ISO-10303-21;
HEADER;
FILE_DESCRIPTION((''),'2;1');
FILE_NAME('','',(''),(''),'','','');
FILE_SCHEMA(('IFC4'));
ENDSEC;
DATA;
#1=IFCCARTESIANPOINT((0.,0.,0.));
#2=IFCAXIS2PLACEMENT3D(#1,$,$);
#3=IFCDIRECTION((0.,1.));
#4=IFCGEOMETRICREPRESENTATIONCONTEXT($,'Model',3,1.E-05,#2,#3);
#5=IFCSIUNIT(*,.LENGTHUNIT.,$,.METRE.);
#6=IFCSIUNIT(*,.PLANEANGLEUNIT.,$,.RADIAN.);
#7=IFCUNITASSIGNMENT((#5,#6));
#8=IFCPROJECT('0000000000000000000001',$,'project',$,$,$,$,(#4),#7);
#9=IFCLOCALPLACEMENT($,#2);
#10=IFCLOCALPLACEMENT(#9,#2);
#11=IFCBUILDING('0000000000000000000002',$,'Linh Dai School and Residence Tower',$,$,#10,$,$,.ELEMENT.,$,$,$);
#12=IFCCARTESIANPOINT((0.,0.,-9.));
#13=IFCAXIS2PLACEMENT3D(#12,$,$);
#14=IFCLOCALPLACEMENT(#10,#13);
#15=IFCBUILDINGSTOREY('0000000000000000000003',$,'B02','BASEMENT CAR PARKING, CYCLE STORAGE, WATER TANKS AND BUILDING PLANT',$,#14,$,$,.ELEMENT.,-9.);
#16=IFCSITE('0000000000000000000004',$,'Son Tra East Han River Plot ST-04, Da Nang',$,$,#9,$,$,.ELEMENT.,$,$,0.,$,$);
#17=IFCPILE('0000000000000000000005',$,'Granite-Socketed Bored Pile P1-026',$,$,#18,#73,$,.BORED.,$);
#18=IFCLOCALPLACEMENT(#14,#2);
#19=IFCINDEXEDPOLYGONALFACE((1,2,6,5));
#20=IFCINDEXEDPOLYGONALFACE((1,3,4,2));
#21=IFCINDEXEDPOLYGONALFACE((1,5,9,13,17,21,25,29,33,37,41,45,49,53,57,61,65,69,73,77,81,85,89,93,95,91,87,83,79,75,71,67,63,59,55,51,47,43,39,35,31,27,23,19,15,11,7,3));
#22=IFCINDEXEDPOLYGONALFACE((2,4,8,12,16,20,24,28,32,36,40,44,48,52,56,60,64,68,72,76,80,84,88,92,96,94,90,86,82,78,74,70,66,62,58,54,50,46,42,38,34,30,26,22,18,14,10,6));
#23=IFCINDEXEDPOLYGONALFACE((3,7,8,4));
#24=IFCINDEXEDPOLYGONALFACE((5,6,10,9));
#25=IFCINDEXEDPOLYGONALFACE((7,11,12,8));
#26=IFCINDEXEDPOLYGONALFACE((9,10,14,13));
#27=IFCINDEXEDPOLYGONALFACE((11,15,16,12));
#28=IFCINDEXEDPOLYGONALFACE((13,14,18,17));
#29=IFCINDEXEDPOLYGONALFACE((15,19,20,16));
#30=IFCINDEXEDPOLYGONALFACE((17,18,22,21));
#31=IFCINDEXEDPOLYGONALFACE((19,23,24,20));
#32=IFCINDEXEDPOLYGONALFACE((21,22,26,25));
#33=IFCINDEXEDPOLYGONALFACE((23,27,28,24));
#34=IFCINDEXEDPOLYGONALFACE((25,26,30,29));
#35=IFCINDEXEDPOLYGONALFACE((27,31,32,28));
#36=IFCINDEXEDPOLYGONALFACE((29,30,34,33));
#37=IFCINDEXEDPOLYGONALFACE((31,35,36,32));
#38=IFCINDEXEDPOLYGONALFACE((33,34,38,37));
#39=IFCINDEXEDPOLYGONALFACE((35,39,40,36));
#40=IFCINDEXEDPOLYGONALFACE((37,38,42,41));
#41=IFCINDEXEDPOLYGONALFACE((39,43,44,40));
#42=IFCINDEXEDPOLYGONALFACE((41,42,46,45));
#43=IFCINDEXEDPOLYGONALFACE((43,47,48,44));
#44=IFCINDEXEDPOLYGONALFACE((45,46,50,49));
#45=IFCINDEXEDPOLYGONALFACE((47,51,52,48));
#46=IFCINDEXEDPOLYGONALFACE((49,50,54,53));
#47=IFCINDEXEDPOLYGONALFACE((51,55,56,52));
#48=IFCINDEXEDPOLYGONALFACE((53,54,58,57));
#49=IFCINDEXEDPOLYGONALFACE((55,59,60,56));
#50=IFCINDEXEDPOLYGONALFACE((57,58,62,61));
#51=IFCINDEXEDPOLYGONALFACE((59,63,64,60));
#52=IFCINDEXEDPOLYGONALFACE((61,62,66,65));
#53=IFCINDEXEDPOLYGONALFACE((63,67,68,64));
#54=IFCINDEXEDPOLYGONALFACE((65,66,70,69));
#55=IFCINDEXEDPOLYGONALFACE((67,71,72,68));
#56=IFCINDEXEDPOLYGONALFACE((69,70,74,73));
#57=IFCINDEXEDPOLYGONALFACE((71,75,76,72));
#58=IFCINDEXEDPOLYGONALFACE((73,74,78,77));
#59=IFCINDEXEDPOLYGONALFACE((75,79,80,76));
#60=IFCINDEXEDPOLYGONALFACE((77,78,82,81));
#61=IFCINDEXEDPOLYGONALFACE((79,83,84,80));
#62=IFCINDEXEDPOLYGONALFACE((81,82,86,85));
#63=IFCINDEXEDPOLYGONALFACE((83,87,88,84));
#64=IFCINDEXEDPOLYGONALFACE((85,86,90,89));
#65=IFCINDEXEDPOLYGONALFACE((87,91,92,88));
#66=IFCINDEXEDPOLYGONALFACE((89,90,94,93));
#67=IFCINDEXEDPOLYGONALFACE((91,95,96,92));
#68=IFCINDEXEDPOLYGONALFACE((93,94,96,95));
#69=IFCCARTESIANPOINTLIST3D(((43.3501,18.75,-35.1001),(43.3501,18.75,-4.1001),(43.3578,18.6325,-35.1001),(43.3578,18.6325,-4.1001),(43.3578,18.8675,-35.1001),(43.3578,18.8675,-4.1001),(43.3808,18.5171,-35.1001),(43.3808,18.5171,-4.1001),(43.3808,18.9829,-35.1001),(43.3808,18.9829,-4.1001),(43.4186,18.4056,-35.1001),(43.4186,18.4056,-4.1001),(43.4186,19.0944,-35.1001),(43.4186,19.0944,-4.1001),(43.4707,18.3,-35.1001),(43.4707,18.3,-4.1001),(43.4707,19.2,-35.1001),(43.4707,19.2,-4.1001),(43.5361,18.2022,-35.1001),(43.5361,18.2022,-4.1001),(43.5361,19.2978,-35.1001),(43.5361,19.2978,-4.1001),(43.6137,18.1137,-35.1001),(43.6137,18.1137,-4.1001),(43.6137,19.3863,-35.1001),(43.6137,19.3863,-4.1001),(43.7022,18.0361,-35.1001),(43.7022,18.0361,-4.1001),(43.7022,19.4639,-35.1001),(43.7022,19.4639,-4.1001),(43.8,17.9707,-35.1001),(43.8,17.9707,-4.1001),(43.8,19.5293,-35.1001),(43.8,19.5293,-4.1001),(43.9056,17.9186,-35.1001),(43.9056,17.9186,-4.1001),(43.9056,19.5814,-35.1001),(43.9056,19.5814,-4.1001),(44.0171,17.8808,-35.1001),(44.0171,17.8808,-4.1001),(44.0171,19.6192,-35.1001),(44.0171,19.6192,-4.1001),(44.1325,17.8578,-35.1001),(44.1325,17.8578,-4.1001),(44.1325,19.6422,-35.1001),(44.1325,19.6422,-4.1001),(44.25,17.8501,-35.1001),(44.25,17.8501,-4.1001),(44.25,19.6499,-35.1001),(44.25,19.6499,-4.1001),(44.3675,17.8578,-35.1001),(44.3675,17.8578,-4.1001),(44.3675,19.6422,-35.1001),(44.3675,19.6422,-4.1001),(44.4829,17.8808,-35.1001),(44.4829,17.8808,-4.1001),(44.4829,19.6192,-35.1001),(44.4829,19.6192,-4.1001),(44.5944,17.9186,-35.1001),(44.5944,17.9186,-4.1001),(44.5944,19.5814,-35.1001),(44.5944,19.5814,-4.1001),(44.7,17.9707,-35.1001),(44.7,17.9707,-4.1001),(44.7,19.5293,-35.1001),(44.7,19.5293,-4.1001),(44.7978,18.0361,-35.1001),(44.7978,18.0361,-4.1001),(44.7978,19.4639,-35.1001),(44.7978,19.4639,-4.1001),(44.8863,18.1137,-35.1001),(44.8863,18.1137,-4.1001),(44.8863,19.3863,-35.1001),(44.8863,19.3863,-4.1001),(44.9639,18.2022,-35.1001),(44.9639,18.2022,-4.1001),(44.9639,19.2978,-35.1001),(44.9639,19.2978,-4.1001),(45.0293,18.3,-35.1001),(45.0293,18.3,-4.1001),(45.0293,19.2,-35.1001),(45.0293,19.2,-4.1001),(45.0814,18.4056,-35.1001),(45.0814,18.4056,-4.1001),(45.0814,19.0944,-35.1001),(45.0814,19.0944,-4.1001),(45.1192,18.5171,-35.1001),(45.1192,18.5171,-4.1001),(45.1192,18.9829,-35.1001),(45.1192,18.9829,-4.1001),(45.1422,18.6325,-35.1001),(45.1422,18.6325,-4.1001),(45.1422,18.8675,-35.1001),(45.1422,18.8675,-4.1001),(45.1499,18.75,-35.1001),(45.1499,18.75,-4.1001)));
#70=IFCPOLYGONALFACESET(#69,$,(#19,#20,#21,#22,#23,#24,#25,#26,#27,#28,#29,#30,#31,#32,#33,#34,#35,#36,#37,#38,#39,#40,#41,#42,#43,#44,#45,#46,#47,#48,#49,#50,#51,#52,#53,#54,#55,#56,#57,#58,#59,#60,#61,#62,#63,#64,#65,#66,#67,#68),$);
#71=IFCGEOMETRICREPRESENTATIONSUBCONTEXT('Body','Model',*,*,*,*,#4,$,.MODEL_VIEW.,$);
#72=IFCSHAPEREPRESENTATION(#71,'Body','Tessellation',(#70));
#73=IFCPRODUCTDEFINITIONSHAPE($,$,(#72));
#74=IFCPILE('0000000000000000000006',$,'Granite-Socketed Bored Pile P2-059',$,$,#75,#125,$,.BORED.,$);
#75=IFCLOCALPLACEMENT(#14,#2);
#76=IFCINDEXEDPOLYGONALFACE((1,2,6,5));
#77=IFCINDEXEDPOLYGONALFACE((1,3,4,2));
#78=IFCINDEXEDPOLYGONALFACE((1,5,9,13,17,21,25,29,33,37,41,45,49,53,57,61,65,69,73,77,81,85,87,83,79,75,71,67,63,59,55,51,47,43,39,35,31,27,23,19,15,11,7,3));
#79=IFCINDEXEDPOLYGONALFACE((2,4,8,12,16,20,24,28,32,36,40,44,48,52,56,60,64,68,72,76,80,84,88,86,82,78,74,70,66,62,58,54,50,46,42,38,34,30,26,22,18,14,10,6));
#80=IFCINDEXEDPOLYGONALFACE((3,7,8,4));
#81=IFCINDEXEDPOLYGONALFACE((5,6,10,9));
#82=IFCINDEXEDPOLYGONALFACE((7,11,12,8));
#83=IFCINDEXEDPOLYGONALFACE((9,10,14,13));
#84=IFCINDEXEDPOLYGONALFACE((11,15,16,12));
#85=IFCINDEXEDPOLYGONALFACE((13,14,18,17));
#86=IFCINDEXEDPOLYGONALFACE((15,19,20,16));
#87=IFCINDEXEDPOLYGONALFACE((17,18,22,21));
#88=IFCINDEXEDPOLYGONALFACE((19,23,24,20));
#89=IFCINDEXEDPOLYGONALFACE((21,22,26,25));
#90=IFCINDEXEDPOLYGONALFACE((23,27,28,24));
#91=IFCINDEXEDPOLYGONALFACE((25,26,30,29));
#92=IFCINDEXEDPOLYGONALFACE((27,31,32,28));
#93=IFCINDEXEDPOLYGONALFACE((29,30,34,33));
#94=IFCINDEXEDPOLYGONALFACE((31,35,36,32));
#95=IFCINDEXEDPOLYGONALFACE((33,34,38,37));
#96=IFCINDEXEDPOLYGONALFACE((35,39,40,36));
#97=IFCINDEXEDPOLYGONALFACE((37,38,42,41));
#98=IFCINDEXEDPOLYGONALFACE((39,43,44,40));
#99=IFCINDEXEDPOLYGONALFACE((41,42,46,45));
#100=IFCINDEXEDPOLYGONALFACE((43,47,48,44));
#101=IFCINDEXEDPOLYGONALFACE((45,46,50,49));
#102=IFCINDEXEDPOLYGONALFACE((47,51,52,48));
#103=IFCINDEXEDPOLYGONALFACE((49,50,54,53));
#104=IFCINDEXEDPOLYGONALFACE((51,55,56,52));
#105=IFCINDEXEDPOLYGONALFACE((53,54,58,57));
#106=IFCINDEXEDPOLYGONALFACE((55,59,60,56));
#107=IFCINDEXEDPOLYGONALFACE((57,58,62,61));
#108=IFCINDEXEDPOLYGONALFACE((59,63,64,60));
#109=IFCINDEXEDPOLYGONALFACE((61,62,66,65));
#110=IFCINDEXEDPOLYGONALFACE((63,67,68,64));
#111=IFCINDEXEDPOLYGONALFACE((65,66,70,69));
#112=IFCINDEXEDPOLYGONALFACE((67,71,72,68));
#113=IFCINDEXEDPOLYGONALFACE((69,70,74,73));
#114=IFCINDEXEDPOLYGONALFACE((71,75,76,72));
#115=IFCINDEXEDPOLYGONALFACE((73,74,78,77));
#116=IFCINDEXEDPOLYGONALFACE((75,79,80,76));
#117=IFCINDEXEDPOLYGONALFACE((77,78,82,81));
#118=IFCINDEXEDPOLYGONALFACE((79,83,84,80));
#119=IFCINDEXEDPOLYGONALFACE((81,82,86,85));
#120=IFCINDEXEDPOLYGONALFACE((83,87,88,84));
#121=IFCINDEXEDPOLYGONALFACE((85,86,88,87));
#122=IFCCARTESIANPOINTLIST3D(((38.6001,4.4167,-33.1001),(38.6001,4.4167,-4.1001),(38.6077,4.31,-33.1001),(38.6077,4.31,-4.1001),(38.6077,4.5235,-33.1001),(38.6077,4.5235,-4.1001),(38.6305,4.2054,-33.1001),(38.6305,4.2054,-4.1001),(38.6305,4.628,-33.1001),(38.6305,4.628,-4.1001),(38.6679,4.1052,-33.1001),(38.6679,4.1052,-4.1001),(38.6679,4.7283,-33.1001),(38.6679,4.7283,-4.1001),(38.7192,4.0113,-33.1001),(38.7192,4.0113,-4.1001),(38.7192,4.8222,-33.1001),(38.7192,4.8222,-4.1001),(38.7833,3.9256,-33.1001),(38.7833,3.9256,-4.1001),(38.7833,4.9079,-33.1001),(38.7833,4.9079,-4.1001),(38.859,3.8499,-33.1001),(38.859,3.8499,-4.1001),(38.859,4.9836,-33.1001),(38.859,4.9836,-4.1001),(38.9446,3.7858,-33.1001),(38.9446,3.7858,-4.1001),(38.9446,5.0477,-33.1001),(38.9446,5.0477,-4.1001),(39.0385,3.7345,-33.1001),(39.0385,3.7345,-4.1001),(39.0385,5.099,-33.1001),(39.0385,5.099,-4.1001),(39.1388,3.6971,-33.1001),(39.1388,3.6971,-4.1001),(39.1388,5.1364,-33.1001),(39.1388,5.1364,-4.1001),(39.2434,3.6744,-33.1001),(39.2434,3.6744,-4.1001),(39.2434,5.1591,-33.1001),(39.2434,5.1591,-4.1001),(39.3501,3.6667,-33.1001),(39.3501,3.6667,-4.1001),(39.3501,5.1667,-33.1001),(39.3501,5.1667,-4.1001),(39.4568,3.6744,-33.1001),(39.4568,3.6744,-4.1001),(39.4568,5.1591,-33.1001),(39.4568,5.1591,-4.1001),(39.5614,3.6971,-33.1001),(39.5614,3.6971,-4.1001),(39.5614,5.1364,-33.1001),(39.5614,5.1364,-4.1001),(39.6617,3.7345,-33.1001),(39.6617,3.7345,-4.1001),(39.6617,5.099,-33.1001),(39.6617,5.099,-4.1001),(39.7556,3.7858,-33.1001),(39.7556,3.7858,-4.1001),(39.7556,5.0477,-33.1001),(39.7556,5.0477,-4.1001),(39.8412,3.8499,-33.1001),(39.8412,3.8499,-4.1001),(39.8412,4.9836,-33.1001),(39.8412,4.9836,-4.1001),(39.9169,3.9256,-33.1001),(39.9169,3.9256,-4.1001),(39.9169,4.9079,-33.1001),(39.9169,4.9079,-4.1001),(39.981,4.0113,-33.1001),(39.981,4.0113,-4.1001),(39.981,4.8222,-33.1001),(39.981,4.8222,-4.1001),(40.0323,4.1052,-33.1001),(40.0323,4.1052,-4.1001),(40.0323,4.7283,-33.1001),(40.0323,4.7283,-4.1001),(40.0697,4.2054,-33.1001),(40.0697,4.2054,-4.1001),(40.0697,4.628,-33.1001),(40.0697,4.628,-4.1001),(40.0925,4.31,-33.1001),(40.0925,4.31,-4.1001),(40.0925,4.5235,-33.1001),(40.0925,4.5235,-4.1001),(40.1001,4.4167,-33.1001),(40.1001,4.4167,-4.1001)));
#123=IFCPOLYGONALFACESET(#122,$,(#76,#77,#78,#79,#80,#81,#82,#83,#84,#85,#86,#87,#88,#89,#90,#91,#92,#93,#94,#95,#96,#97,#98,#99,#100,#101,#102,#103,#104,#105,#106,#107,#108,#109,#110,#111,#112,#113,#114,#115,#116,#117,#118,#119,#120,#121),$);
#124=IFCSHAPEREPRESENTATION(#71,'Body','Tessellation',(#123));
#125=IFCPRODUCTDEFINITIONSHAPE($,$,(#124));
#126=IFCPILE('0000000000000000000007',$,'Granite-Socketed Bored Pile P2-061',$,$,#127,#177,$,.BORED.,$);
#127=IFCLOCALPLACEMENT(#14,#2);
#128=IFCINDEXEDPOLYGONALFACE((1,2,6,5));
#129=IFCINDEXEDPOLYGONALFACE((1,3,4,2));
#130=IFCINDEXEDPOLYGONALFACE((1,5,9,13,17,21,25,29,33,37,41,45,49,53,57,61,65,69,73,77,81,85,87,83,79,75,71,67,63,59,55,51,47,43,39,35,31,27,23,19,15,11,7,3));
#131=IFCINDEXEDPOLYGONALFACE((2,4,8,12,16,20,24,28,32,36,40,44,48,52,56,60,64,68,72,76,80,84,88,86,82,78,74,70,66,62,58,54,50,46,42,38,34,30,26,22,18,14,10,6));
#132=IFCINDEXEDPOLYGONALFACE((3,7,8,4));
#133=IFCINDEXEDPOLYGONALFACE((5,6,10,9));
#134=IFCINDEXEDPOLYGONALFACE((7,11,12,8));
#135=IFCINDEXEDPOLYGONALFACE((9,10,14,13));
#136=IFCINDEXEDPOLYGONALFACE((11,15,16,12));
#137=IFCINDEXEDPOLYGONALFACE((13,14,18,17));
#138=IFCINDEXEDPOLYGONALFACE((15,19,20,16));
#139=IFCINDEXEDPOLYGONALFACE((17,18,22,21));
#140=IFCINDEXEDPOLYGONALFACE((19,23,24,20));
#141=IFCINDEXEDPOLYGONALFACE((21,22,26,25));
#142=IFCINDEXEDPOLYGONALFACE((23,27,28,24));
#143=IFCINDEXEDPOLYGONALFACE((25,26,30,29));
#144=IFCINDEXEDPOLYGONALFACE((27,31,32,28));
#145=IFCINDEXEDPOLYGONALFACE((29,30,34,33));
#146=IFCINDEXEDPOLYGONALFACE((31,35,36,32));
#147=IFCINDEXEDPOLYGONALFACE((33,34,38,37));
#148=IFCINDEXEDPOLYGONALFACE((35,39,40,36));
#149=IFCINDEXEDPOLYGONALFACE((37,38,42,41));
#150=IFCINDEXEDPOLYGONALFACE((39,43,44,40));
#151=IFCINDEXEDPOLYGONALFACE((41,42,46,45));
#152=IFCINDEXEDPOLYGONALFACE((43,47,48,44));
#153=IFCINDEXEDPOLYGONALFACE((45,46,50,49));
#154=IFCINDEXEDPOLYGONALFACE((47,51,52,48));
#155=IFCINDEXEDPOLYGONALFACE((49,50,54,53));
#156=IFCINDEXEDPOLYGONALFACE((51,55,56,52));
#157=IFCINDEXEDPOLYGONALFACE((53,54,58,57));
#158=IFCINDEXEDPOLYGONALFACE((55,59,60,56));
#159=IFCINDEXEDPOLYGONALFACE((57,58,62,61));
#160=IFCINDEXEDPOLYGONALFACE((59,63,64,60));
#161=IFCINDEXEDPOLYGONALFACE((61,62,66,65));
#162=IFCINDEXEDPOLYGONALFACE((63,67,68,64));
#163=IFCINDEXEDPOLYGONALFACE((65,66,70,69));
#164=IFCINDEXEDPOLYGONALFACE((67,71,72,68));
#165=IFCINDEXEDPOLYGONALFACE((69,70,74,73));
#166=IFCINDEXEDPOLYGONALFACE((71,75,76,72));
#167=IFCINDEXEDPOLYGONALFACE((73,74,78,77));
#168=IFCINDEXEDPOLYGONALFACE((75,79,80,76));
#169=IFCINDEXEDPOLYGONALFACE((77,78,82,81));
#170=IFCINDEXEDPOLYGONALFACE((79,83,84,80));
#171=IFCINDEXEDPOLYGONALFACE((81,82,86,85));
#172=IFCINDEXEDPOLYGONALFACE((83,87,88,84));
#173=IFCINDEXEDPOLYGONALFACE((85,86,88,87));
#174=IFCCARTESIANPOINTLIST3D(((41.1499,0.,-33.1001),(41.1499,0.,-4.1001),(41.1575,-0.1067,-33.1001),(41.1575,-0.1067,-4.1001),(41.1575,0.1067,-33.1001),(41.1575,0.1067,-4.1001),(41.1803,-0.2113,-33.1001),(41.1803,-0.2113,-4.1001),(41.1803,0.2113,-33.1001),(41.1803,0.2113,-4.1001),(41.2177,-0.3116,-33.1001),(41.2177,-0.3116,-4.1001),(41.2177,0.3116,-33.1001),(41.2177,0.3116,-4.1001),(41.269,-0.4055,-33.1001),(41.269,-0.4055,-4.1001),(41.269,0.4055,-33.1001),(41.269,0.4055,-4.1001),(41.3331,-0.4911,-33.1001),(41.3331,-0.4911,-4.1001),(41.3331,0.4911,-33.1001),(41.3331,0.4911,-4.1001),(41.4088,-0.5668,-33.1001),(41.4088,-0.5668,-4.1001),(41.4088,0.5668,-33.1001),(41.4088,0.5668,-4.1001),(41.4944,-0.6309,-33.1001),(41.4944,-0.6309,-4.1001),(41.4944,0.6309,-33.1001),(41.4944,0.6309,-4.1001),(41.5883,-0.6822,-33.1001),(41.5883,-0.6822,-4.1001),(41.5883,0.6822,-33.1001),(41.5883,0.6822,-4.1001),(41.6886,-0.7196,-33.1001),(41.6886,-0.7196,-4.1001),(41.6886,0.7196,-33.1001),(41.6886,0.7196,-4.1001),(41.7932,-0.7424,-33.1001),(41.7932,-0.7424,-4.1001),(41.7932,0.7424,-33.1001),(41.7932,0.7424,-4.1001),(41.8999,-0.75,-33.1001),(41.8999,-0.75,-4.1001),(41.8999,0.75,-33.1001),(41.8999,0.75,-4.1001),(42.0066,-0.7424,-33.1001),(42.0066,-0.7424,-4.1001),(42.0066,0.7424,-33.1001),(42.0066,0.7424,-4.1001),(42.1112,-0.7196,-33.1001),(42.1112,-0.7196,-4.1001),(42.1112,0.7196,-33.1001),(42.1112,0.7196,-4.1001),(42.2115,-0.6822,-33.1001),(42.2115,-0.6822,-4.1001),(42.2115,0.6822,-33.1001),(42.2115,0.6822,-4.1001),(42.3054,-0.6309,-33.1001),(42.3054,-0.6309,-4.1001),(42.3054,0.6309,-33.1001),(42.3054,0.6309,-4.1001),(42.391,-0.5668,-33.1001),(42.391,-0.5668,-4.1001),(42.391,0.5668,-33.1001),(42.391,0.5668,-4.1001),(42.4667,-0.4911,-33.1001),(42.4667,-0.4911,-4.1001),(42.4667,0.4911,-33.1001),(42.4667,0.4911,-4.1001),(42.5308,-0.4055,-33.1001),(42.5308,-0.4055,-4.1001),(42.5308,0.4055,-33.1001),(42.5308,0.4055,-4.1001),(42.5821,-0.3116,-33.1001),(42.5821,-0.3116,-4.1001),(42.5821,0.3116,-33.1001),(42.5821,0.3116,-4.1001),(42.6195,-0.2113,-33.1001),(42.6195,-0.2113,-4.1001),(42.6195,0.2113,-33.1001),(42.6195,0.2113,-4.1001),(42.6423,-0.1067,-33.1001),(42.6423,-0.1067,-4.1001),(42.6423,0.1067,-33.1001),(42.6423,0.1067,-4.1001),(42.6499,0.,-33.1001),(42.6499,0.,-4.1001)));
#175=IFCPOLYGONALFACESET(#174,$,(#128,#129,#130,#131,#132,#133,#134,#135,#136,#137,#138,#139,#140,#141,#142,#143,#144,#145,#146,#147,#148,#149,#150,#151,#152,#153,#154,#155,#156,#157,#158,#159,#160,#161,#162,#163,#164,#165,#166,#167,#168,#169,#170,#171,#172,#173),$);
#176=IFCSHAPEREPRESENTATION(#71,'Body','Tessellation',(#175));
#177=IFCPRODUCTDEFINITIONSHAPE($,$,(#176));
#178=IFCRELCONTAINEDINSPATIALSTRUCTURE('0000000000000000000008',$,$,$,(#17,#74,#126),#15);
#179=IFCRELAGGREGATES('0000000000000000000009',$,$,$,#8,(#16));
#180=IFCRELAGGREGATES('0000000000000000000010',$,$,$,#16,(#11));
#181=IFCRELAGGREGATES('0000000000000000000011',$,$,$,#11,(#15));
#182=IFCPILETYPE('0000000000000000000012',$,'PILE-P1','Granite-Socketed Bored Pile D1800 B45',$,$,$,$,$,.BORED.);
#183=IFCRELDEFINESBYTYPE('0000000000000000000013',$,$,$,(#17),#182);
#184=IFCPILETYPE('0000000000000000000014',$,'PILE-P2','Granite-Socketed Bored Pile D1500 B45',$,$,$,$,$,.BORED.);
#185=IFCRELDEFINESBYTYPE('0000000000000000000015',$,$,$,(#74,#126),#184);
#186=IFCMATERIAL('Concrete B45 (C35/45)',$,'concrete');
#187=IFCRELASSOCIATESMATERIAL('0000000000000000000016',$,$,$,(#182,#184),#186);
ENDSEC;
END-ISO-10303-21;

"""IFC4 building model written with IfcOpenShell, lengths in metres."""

from ifc_helpers import new_model, si_unit, direction, frame, origin, origin_2d, place, context, subcontext, project, spatial, circle, extrude, material, material_profile, profile_set, type_object, element, save


model = new_model("IFC4")

# Units and contexts
model_context = context("Model", 3, precision=1e-05, world=origin(), true_north=direction((0.0, 1.0)))
body_context = subcontext(model_context, "Body", "Model", "MODEL_VIEW")
ifc_project = project(units=[si_unit("LENGTHUNIT", "METRE"), si_unit("PLANEANGLEUNIT", "RADIAN")], contexts=[model_context])

# Site, building, storey
site_placement = place(None, origin())
site = spatial("IfcSite", under=ifc_project, at=site_placement, Name="Son Tra East Han River Plot ST-04, Da Nang", CompositionType="ELEMENT", RefElevation=0.0)
building_placement = place(site_placement, origin())
building = spatial("IfcBuilding", under=site, at=building_placement, Name="Linh Dai School and Residence Tower", CompositionType="ELEMENT")
storey_placement = place(building_placement, frame((0.0, 0.0, -9.0)))
storey = spatial("IfcBuildingStorey", under=building, at=storey_placement, Name="B02", Description="BASEMENT CAR PARKING, CYCLE STORAGE, WATER TANKS AND BUILDING PLANT", CompositionType="ELEMENT", Elevation=-9.0)

# Piles
ifc_material_1 = material(Name="Concrete B45 (C35/45)", Category="concrete")
ifc_material_profile_1 = material_profile(ifc_material_1, circle(Radius=0.8999, at=origin_2d()), Name="PILE D1800")
ifc_profile_set_1 = profile_set([ifc_material_profile_1], Name="Concrete B45 (C35/45)")
pile_type_1 = type_object("IfcPileType", Name="PILE-P1", Description="Granite-Socketed Bored Pile D1800 B45", PredefinedType="BORED", material=ifc_profile_set_1)
for number, where, z_axis, x_axis, name in (
    (1, (44.25, 18.75, -4.1001), (0.0, 0.0, -1.0), (1.0, 0.0, 0.0), "Granite-Socketed Bored Pile P1-026"),
):
    element("IfcPile", number, at=place(storey_placement, frame(where, z_axis=z_axis, x_axis=x_axis)), inside=storey, type_object=pile_type_1, Name=name, PredefinedType="BORED", context=body_context, shape_type="SweptSolid", body=[
        extrude(circle(Radius=0.8999, at=origin_2d()), origin(), (0.0, 0.0, 1.0), 31.0),
    ])
ifc_material_profile_2 = material_profile(ifc_material_1, circle(Radius=0.75, at=origin_2d()), Name="PILE D1500")
ifc_profile_set_2 = profile_set([ifc_material_profile_2], Name="Concrete B45 (C35/45)")
pile_type_2 = type_object("IfcPileType", Name="PILE-P2", Description="Granite-Socketed Bored Pile D1500 B45", PredefinedType="BORED", material=ifc_profile_set_2)
for number, where, z_axis, x_axis, name in (
    (2, (39.3501, 4.4167, -4.1001), (0.0, 0.0, -1.0), (1.0, 0.0, 0.0), "Granite-Socketed Bored Pile P2-059"),
    (3, (41.8999, 0.0, -4.1001), (0.0, 0.0, -1.0), (1.0, 0.0, 0.0), "Granite-Socketed Bored Pile P2-061"),
):
    element("IfcPile", number, at=place(storey_placement, frame(where, z_axis=z_axis, x_axis=x_axis)), inside=storey, type_object=pile_type_2, Name=name, PredefinedType="BORED", context=body_context, shape_type="SweptSolid", body=[
        extrude(circle(Radius=0.75, at=origin_2d()), origin(), (0.0, 0.0, 1.0), 29.0),
    ])

save(model, "model.ifc")
